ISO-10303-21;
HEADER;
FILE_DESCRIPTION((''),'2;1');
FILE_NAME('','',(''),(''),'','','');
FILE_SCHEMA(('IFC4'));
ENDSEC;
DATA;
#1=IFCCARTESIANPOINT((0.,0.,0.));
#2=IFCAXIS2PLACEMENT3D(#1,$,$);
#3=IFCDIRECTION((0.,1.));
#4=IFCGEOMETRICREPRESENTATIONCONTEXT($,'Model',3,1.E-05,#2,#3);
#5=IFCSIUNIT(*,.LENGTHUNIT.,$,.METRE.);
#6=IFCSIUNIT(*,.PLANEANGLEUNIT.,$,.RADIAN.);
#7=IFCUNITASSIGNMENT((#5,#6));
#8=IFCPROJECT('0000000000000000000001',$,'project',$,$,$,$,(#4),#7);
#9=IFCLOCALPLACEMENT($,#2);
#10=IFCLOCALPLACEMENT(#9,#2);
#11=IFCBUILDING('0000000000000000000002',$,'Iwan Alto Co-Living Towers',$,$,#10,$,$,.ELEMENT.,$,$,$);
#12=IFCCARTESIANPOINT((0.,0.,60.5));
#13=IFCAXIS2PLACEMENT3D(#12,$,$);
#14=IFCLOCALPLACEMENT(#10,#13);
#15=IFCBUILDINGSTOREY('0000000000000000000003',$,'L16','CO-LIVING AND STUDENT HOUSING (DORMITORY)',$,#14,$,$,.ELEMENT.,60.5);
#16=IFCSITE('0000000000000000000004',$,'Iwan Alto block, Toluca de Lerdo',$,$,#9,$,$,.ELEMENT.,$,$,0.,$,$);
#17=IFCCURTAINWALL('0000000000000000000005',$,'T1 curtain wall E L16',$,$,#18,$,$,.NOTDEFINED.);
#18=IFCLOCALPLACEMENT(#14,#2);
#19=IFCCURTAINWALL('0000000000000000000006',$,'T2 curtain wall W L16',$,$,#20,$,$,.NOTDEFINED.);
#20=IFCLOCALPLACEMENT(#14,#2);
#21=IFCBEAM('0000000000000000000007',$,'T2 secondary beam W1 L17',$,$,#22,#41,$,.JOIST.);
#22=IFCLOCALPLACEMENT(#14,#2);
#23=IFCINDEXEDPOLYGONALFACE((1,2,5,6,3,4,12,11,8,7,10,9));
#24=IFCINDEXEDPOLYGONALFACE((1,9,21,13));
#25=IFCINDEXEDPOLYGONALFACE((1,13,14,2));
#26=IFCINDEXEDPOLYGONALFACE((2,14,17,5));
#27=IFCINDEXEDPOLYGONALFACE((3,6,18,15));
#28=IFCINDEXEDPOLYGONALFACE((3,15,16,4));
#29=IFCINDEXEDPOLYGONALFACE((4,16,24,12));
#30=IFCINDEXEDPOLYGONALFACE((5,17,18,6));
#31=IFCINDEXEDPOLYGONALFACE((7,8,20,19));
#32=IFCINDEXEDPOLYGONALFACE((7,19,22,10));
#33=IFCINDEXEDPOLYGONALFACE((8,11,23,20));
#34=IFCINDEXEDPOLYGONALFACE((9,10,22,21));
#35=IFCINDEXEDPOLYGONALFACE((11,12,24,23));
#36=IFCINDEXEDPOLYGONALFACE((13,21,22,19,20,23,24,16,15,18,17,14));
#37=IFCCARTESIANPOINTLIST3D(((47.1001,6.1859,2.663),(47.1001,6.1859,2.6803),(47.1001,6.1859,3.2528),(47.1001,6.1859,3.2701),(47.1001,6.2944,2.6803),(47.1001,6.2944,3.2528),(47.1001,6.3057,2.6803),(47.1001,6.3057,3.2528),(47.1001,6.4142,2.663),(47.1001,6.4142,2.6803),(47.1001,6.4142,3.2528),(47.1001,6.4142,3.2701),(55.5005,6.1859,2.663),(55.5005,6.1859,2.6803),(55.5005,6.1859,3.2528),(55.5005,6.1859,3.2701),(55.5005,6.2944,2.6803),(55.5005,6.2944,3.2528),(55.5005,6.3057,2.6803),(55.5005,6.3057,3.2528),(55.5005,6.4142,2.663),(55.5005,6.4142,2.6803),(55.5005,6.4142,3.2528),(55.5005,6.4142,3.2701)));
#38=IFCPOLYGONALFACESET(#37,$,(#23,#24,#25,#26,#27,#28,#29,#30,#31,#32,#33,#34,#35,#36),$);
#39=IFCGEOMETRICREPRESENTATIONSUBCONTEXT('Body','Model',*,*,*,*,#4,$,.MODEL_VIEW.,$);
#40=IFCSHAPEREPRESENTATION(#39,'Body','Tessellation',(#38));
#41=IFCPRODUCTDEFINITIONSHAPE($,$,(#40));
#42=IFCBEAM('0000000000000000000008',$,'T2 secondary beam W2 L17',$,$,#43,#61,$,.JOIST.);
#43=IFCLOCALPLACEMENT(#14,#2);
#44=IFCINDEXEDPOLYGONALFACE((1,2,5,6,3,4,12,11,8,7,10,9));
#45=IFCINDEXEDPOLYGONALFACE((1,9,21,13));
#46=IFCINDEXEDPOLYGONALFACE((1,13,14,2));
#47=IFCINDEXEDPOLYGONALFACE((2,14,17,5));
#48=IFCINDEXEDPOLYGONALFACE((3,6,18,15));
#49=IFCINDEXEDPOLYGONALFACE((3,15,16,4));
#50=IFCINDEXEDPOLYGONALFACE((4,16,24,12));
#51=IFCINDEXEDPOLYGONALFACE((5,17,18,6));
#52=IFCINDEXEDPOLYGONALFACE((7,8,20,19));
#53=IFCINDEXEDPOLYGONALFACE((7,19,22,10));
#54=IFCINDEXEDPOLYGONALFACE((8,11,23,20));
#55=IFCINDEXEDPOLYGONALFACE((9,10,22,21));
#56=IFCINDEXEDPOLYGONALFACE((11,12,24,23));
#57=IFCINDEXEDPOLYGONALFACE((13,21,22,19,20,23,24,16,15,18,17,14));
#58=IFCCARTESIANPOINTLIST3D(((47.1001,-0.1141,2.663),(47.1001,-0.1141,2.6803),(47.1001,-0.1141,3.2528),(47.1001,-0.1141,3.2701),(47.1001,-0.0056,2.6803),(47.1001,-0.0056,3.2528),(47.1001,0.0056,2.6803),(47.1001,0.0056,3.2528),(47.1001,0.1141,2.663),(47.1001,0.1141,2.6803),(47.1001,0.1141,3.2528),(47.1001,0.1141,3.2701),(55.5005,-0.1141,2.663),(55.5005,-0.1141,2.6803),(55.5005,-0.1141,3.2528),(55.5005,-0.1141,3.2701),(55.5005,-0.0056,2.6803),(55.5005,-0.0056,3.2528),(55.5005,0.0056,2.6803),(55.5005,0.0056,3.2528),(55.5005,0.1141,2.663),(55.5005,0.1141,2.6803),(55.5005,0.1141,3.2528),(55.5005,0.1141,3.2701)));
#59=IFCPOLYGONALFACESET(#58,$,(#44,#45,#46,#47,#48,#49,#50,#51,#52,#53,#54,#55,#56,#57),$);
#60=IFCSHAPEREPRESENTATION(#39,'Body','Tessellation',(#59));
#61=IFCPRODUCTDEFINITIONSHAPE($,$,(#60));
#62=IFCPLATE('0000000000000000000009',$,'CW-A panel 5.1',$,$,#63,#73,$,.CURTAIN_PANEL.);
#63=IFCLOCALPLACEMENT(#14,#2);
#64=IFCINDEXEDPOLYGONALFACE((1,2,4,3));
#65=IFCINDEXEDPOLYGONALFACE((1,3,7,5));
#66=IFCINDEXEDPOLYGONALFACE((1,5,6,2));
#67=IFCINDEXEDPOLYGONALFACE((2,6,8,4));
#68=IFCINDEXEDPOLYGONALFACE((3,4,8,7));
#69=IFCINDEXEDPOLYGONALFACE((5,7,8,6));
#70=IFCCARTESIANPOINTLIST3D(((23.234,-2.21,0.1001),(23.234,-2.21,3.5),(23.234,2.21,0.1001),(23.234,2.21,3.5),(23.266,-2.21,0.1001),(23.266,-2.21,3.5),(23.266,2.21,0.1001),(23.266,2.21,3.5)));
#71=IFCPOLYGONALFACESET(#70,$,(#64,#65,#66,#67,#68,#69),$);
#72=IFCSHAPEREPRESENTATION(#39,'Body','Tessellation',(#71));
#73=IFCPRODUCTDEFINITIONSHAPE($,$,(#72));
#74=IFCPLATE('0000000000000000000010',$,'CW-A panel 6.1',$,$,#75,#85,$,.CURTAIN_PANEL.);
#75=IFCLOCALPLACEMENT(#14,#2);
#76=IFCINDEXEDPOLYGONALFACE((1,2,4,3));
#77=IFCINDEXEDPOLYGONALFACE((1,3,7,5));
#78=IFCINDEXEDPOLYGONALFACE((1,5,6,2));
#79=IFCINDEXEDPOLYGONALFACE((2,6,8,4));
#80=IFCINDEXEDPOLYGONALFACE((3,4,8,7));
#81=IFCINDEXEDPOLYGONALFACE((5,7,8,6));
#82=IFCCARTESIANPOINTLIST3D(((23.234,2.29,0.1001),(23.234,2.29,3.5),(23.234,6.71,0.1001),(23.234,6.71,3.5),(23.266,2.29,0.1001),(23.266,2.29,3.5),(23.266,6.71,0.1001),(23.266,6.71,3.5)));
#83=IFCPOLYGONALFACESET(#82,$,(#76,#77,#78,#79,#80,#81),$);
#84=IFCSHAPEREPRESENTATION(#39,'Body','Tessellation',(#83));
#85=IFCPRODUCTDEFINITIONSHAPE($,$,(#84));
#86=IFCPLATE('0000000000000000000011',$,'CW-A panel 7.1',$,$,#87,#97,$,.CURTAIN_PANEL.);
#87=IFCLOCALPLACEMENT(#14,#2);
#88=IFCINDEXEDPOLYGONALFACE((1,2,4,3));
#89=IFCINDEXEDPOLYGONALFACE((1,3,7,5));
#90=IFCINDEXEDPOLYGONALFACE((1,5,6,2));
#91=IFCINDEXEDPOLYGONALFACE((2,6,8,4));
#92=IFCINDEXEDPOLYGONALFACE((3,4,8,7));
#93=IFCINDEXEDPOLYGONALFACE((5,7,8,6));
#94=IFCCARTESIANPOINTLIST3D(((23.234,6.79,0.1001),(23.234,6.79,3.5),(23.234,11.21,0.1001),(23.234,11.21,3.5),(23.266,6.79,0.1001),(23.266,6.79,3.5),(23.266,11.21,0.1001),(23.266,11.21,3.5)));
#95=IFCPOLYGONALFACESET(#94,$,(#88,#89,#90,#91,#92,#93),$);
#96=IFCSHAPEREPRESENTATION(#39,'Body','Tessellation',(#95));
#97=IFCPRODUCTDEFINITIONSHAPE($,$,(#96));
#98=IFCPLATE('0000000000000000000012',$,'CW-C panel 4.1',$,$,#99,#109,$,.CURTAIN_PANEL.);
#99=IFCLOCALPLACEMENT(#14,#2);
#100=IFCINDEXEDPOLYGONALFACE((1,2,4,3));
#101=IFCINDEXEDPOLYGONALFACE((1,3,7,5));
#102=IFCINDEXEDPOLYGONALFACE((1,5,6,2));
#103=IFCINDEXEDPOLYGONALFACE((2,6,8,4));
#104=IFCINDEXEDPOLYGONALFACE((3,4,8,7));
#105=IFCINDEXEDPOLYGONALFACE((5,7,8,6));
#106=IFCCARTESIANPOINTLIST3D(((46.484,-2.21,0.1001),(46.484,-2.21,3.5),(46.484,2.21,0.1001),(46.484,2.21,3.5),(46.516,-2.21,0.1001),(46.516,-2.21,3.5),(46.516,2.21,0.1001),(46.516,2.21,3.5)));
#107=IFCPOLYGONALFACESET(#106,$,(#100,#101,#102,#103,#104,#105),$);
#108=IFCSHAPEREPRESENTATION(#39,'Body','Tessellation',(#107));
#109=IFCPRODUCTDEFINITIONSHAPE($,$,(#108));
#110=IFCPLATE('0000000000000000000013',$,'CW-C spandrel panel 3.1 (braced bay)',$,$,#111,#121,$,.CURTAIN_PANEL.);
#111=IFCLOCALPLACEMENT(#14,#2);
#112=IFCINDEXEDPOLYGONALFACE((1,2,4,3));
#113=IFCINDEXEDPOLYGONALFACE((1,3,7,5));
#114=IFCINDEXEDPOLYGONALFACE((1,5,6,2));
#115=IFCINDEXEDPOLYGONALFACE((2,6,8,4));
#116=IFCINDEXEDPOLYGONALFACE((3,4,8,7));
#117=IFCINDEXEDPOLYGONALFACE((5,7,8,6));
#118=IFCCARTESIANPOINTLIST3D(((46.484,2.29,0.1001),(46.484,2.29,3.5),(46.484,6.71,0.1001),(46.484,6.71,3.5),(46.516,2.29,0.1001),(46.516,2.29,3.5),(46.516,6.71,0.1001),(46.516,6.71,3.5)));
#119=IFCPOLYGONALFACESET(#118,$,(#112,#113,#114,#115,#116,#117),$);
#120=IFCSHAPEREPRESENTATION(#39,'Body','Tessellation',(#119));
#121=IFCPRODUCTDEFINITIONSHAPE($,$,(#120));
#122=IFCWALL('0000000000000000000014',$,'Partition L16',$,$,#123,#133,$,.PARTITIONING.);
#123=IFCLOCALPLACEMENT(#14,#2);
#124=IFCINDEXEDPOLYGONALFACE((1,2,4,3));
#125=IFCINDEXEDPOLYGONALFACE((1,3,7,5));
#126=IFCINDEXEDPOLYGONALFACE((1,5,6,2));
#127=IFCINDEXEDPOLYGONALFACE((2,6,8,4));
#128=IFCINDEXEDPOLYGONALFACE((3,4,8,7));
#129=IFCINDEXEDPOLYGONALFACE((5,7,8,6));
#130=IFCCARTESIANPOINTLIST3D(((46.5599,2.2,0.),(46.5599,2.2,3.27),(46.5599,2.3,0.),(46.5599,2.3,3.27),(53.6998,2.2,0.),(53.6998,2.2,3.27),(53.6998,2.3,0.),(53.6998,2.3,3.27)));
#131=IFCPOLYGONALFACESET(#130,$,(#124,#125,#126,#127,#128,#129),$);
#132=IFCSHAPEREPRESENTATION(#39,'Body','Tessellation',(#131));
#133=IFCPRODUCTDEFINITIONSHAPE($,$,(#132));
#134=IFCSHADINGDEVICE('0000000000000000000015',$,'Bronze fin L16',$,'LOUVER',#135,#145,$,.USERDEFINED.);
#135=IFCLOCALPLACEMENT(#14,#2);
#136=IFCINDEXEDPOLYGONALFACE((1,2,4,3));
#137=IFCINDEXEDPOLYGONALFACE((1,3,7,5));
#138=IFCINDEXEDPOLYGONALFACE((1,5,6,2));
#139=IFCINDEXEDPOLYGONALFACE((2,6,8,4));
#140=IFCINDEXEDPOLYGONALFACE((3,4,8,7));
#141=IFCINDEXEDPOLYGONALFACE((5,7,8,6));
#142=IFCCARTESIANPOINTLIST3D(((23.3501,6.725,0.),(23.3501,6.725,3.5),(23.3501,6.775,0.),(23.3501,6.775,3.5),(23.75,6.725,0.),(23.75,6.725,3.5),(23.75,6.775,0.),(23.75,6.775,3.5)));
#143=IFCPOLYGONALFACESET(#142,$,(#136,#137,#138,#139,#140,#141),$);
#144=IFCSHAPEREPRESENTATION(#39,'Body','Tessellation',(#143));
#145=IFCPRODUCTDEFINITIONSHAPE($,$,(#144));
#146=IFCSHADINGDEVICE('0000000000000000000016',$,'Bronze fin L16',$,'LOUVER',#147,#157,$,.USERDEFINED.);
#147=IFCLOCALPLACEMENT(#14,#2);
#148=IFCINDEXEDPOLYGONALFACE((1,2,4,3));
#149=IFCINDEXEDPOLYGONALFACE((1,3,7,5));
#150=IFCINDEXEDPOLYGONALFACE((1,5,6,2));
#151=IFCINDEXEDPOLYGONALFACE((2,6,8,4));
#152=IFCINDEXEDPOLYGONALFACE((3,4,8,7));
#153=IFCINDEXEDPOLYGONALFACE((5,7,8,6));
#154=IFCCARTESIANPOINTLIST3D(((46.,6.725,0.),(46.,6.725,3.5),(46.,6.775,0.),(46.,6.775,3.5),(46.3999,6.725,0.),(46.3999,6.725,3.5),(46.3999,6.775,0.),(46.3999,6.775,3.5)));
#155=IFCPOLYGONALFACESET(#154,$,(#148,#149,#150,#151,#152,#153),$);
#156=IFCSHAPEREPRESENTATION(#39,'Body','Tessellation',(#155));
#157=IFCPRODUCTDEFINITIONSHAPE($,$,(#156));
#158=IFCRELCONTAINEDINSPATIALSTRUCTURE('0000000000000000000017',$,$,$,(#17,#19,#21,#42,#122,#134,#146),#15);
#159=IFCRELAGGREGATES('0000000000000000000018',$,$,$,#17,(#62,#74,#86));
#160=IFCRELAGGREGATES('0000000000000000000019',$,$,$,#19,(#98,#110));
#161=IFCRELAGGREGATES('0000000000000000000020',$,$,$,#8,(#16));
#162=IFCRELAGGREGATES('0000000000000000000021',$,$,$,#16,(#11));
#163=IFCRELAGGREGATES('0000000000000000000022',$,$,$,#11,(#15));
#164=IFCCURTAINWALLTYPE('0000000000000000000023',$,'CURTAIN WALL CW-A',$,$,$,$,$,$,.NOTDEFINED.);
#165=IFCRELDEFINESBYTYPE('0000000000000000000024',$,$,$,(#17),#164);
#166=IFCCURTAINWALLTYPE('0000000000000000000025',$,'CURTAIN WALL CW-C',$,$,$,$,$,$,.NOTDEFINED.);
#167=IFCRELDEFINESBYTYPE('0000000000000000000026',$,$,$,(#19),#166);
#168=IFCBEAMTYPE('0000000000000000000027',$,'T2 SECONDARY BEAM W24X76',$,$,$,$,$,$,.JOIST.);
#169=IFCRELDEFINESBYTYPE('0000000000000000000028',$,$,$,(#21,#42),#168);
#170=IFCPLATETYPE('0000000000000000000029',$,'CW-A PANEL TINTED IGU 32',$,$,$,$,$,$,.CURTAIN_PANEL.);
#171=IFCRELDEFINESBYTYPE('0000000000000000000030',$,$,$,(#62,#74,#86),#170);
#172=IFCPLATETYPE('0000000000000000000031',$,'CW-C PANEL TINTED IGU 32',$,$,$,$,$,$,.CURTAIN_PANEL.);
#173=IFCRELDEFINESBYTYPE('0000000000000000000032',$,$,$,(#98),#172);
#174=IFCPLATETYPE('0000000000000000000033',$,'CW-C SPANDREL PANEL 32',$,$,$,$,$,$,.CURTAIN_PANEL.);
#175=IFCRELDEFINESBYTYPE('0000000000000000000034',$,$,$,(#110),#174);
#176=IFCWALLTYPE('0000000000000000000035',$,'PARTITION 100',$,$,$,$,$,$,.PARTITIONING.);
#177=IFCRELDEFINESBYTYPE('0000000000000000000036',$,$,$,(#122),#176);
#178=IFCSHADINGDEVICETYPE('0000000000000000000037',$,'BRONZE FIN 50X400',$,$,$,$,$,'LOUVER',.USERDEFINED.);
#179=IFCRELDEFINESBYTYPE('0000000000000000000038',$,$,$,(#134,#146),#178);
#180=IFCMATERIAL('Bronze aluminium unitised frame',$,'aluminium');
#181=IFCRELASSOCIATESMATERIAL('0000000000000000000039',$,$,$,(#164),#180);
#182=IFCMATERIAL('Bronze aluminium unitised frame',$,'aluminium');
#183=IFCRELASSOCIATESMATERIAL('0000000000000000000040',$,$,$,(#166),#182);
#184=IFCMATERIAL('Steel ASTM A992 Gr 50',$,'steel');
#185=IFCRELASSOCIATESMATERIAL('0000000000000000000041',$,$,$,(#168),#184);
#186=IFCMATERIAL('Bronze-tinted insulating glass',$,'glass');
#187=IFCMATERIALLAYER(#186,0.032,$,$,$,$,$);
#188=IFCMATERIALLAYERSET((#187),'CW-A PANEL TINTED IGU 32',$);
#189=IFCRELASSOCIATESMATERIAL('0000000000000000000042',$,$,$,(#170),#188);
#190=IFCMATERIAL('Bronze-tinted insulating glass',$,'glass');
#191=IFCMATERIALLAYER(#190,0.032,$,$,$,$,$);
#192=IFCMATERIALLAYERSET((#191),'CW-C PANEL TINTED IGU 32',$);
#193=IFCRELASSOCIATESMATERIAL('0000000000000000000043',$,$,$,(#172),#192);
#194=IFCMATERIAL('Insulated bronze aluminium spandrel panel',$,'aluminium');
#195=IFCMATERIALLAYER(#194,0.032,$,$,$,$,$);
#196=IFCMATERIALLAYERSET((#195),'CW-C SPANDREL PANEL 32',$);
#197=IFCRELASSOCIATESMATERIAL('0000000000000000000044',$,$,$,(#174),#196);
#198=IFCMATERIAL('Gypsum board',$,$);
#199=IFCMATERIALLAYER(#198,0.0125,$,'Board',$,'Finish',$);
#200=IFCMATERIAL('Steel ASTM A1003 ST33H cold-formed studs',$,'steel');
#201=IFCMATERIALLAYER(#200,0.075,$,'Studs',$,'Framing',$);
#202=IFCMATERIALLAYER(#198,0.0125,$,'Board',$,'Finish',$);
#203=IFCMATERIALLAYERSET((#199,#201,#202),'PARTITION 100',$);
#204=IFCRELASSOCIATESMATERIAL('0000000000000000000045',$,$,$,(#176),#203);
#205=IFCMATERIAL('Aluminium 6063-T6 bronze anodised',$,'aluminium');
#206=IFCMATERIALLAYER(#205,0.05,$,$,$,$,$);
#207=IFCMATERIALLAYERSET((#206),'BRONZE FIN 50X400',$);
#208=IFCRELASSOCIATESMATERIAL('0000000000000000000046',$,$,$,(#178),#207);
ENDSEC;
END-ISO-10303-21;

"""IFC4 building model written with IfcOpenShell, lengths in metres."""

from ifc_helpers import new_model, si_unit, direction, frame, frame_2d, origin, origin_2d, place, context, subcontext, project, spatial, rectangle, i_section, extrude, material, layer, layer_set, material_profile, profile_set, type_object, element, aggregate, save


model = new_model("IFC4")

# Units and contexts
model_context = context("Model", 3, precision=1e-05, world=origin(), true_north=direction((0.0, 1.0)))
body_context = subcontext(model_context, "Body", "Model", "MODEL_VIEW")
ifc_project = project(units=[si_unit("LENGTHUNIT", "METRE"), si_unit("PLANEANGLEUNIT", "RADIAN")], contexts=[model_context])

# Site, building, storey
site_placement = place(None, origin())
site = spatial("IfcSite", under=ifc_project, at=site_placement, Name="Iwan Alto block, Toluca de Lerdo", CompositionType="ELEMENT", RefElevation=0.0)
building_placement = place(site_placement, origin())
building = spatial("IfcBuilding", under=site, at=building_placement, Name="Iwan Alto Co-Living Towers", CompositionType="ELEMENT")
storey_placement = place(building_placement, frame((0.0, 0.0, 60.5)))
storey = spatial("IfcBuildingStorey", under=building, at=storey_placement, Name="L16", Description="CO-LIVING AND STUDENT HOUSING (DORMITORY)", CompositionType="ELEMENT", Elevation=60.5)

# Curtain walls
ifc_material_1 = material(Name="Bronze aluminium unitised frame", Category="aluminium")
curtain_wall_type_1 = type_object("IfcCurtainWallType", Name="CURTAIN WALL CW-A", PredefinedType="NOTDEFINED", material=ifc_material_1)
curtain_wall_1_placement = place(storey_placement, origin())
curtain_wall_1 = element("IfcCurtainWall", 1, at=curtain_wall_1_placement, inside=storey, type_object=curtain_wall_type_1, Name="T1 curtain wall E L16", PredefinedType="NOTDEFINED")
ifc_material_2 = material(Name="Bronze aluminium unitised frame", Category="aluminium")
curtain_wall_type_2 = type_object("IfcCurtainWallType", Name="CURTAIN WALL CW-C", PredefinedType="NOTDEFINED", material=ifc_material_2)
curtain_wall_2_placement = place(storey_placement, origin())
curtain_wall_2 = element("IfcCurtainWall", 2, at=curtain_wall_2_placement, inside=storey, type_object=curtain_wall_type_2, Name="T2 curtain wall W L16", PredefinedType="NOTDEFINED")

# Beams
ifc_material_3 = material(Name="Steel ASTM A992 Gr 50", Category="steel")
ifc_material_profile_1 = material_profile(ifc_material_3, i_section(OverallWidth=0.2283, OverallDepth=0.6072, WebThickness=0.0112, FlangeThickness=0.0173, at=origin_2d()), Name="W24X76")
ifc_profile_set_1 = profile_set([ifc_material_profile_1], Name="Steel ASTM A992 Gr 50")
beam_type_1 = type_object("IfcBeamType", Name="T2 SECONDARY BEAM W24X76", PredefinedType="JOIST", material=ifc_profile_set_1)
for number, where, z_axis, x_axis, name in (
    (3, (47.1001, 6.3, 2.9666), (1.0, 0.0, 0.0), (0.0, 1.0, 0.0), "T2 secondary beam W1 L17"),
    (4, (47.1001, 0.0, 2.9666), (1.0, 0.0, 0.0), (0.0, 1.0, 0.0), "T2 secondary beam W2 L17"),
):
    element("IfcBeam", number, at=place(storey_placement, frame(where, z_axis=z_axis, x_axis=x_axis)), inside=storey, type_object=beam_type_1, Name=name, PredefinedType="JOIST", context=body_context, shape_type="SweptSolid", body=[
        extrude(i_section(OverallWidth=0.2283, OverallDepth=0.6072, WebThickness=0.0112, FlangeThickness=0.0173, at=origin_2d()), origin(), (0.0, 0.0, 1.0), 8.4004),
    ])

# Plates
ifc_material_4 = material(Name="Bronze-tinted insulating glass", Category="glass")
ifc_layer_1 = layer(ifc_material_4, 0.032)
ifc_layer_set_1 = layer_set([ifc_layer_1], Name="CW-A PANEL TINTED IGU 32")
plate_type_1 = type_object("IfcPlateType", Name="CW-A PANEL TINTED IGU 32", PredefinedType="CURTAIN_PANEL", material=ifc_layer_set_1)
plate_1_placement = place(storey_placement, frame((23.25, 0.0, 0.1001), z_axis=(0.0, 0.0, 1.0), x_axis=(0.0, 1.0, 0.0)))
plate_1 = element("IfcPlate", 5, at=plate_1_placement, type_object=plate_type_1, Name="CW-A panel 5.1", PredefinedType="CURTAIN_PANEL", context=body_context, shape_type="SweptSolid", body=[
    extrude(rectangle(XDim=4.4199, YDim=0.032, at=origin_2d()), origin(), (0.0, 0.0, 1.0), 3.3999),
])
plate_2_placement = place(storey_placement, frame((23.25, 4.5, 0.1001), z_axis=(0.0, 0.0, 1.0), x_axis=(0.0, 1.0, 0.0)))
plate_2 = element("IfcPlate", 6, at=plate_2_placement, type_object=plate_type_1, Name="CW-A panel 6.1", PredefinedType="CURTAIN_PANEL", context=body_context, shape_type="SweptSolid", body=[
    extrude(rectangle(XDim=4.4199, YDim=0.032, at=origin_2d()), origin(), (0.0, 0.0, 1.0), 3.3999),
])
plate_3_placement = place(storey_placement, frame((23.25, 9.0, 0.1001), z_axis=(0.0, 0.0, 1.0), x_axis=(0.0, 1.0, 0.0)))
plate_3 = element("IfcPlate", 7, at=plate_3_placement, type_object=plate_type_1, Name="CW-A panel 7.1", PredefinedType="CURTAIN_PANEL", context=body_context, shape_type="SweptSolid", body=[
    extrude(rectangle(XDim=4.4199, YDim=0.032, at=origin_2d()), origin(), (0.0, 0.0, 1.0), 3.3999),
])
aggregate(curtain_wall_1, [plate_1, plate_2, plate_3])
ifc_material_5 = material(Name="Bronze-tinted insulating glass", Category="glass")
ifc_layer_2 = layer(ifc_material_5, 0.032)
ifc_layer_set_2 = layer_set([ifc_layer_2], Name="CW-C PANEL TINTED IGU 32")
plate_type_2 = type_object("IfcPlateType", Name="CW-C PANEL TINTED IGU 32", PredefinedType="CURTAIN_PANEL", material=ifc_layer_set_2)
plate_4_placement = place(storey_placement, frame((46.5, 0.0, 0.1001), z_axis=(0.0, 0.0, 1.0), x_axis=(0.0, -1.0, 0.0)))
plate_4 = element("IfcPlate", 8, at=plate_4_placement, type_object=plate_type_2, Name="CW-C panel 4.1", PredefinedType="CURTAIN_PANEL", context=body_context, shape_type="SweptSolid", body=[
    extrude(rectangle(XDim=4.4199, YDim=0.032, at=origin_2d()), origin(), (0.0, 0.0, 1.0), 3.3999),
])
ifc_material_6 = material(Name="Insulated bronze aluminium spandrel panel", Category="aluminium")
ifc_layer_3 = layer(ifc_material_6, 0.032)
ifc_layer_set_3 = layer_set([ifc_layer_3], Name="CW-C SPANDREL PANEL 32")
plate_type_3 = type_object("IfcPlateType", Name="CW-C SPANDREL PANEL 32", PredefinedType="CURTAIN_PANEL", material=ifc_layer_set_3)
plate_5_placement = place(storey_placement, frame((46.5, 4.5, 0.1001), z_axis=(0.0, 0.0, 1.0), x_axis=(0.0, -1.0, 0.0)))
plate_5 = element("IfcPlate", 9, at=plate_5_placement, type_object=plate_type_3, Name="CW-C spandrel panel 3.1 (braced bay)", PredefinedType="CURTAIN_PANEL", context=body_context, shape_type="SweptSolid", body=[
    extrude(rectangle(XDim=4.4199, YDim=0.032, at=origin_2d()), origin(), (0.0, 0.0, 1.0), 3.3999),
])
aggregate(curtain_wall_2, [plate_4, plate_5])

# Wall
ifc_material_7 = material(Name="Gypsum board")
ifc_layer_4 = layer(ifc_material_7, 0.0125, Name="Board", Category="Finish")
ifc_material_8 = material(Name="Steel ASTM A1003 ST33H cold-formed studs", Category="steel")
ifc_layer_5 = layer(ifc_material_8, 0.075, Name="Studs", Category="Framing")
ifc_layer_6 = layer(ifc_material_7, 0.0125, Name="Board", Category="Finish")
ifc_layer_set_4 = layer_set([ifc_layer_4, ifc_layer_5, ifc_layer_6], Name="PARTITION 100")
wall_type = type_object("IfcWallType", Name="PARTITION 100", PredefinedType="PARTITIONING", material=ifc_layer_set_4)
wall_placement = place(storey_placement, frame((46.5601, 2.25, 0.0), z_axis=(0.0, 0.0, 1.0), x_axis=(1.0, 0.0, 0.0)))
element("IfcWall", 10, at=wall_placement, inside=storey, type_object=wall_type, Name="Partition L16", PredefinedType="PARTITIONING", context=body_context, shape_type="SweptSolid", body=[
    extrude(rectangle(XDim=7.1399, YDim=0.1001, at=frame_2d((3.5698, 0.0))), origin(), (0.0, 0.0, 1.0), 3.27),
])

# Shading devices
ifc_material_9 = material(Name="Aluminium 6063-T6 bronze anodised", Category="aluminium")
ifc_layer_7 = layer(ifc_material_9, 0.05)
ifc_layer_set_5 = layer_set([ifc_layer_7], Name="BRONZE FIN 50X400")
shading_device_type = type_object("IfcShadingDeviceType", Name="BRONZE FIN 50X400", ElementType="LOUVER", PredefinedType="USERDEFINED", material=ifc_layer_set_5)
for number, where, z_axis, x_axis, name in (
    (11, (23.55, 6.75, 0.0), (0.0, 0.0, 1.0), (0.0, 1.0, 0.0), "Bronze fin L16"),
    (12, (46.2, 6.75, 0.0), (0.0, 0.0, 1.0), (0.0, -1.0, 0.0), "Bronze fin L16"),
):
    element("IfcShadingDevice", number, at=place(storey_placement, frame(where, z_axis=z_axis, x_axis=x_axis)), inside=storey, type_object=shading_device_type, Name=name, ObjectType="LOUVER", PredefinedType="USERDEFINED", context=body_context, shape_type="SweptSolid", body=[
        extrude(rectangle(XDim=0.05, YDim=0.3999, at=origin_2d()), origin(), (0.0, 0.0, 1.0), 3.5),
    ])

save(model, "model.ifc")
